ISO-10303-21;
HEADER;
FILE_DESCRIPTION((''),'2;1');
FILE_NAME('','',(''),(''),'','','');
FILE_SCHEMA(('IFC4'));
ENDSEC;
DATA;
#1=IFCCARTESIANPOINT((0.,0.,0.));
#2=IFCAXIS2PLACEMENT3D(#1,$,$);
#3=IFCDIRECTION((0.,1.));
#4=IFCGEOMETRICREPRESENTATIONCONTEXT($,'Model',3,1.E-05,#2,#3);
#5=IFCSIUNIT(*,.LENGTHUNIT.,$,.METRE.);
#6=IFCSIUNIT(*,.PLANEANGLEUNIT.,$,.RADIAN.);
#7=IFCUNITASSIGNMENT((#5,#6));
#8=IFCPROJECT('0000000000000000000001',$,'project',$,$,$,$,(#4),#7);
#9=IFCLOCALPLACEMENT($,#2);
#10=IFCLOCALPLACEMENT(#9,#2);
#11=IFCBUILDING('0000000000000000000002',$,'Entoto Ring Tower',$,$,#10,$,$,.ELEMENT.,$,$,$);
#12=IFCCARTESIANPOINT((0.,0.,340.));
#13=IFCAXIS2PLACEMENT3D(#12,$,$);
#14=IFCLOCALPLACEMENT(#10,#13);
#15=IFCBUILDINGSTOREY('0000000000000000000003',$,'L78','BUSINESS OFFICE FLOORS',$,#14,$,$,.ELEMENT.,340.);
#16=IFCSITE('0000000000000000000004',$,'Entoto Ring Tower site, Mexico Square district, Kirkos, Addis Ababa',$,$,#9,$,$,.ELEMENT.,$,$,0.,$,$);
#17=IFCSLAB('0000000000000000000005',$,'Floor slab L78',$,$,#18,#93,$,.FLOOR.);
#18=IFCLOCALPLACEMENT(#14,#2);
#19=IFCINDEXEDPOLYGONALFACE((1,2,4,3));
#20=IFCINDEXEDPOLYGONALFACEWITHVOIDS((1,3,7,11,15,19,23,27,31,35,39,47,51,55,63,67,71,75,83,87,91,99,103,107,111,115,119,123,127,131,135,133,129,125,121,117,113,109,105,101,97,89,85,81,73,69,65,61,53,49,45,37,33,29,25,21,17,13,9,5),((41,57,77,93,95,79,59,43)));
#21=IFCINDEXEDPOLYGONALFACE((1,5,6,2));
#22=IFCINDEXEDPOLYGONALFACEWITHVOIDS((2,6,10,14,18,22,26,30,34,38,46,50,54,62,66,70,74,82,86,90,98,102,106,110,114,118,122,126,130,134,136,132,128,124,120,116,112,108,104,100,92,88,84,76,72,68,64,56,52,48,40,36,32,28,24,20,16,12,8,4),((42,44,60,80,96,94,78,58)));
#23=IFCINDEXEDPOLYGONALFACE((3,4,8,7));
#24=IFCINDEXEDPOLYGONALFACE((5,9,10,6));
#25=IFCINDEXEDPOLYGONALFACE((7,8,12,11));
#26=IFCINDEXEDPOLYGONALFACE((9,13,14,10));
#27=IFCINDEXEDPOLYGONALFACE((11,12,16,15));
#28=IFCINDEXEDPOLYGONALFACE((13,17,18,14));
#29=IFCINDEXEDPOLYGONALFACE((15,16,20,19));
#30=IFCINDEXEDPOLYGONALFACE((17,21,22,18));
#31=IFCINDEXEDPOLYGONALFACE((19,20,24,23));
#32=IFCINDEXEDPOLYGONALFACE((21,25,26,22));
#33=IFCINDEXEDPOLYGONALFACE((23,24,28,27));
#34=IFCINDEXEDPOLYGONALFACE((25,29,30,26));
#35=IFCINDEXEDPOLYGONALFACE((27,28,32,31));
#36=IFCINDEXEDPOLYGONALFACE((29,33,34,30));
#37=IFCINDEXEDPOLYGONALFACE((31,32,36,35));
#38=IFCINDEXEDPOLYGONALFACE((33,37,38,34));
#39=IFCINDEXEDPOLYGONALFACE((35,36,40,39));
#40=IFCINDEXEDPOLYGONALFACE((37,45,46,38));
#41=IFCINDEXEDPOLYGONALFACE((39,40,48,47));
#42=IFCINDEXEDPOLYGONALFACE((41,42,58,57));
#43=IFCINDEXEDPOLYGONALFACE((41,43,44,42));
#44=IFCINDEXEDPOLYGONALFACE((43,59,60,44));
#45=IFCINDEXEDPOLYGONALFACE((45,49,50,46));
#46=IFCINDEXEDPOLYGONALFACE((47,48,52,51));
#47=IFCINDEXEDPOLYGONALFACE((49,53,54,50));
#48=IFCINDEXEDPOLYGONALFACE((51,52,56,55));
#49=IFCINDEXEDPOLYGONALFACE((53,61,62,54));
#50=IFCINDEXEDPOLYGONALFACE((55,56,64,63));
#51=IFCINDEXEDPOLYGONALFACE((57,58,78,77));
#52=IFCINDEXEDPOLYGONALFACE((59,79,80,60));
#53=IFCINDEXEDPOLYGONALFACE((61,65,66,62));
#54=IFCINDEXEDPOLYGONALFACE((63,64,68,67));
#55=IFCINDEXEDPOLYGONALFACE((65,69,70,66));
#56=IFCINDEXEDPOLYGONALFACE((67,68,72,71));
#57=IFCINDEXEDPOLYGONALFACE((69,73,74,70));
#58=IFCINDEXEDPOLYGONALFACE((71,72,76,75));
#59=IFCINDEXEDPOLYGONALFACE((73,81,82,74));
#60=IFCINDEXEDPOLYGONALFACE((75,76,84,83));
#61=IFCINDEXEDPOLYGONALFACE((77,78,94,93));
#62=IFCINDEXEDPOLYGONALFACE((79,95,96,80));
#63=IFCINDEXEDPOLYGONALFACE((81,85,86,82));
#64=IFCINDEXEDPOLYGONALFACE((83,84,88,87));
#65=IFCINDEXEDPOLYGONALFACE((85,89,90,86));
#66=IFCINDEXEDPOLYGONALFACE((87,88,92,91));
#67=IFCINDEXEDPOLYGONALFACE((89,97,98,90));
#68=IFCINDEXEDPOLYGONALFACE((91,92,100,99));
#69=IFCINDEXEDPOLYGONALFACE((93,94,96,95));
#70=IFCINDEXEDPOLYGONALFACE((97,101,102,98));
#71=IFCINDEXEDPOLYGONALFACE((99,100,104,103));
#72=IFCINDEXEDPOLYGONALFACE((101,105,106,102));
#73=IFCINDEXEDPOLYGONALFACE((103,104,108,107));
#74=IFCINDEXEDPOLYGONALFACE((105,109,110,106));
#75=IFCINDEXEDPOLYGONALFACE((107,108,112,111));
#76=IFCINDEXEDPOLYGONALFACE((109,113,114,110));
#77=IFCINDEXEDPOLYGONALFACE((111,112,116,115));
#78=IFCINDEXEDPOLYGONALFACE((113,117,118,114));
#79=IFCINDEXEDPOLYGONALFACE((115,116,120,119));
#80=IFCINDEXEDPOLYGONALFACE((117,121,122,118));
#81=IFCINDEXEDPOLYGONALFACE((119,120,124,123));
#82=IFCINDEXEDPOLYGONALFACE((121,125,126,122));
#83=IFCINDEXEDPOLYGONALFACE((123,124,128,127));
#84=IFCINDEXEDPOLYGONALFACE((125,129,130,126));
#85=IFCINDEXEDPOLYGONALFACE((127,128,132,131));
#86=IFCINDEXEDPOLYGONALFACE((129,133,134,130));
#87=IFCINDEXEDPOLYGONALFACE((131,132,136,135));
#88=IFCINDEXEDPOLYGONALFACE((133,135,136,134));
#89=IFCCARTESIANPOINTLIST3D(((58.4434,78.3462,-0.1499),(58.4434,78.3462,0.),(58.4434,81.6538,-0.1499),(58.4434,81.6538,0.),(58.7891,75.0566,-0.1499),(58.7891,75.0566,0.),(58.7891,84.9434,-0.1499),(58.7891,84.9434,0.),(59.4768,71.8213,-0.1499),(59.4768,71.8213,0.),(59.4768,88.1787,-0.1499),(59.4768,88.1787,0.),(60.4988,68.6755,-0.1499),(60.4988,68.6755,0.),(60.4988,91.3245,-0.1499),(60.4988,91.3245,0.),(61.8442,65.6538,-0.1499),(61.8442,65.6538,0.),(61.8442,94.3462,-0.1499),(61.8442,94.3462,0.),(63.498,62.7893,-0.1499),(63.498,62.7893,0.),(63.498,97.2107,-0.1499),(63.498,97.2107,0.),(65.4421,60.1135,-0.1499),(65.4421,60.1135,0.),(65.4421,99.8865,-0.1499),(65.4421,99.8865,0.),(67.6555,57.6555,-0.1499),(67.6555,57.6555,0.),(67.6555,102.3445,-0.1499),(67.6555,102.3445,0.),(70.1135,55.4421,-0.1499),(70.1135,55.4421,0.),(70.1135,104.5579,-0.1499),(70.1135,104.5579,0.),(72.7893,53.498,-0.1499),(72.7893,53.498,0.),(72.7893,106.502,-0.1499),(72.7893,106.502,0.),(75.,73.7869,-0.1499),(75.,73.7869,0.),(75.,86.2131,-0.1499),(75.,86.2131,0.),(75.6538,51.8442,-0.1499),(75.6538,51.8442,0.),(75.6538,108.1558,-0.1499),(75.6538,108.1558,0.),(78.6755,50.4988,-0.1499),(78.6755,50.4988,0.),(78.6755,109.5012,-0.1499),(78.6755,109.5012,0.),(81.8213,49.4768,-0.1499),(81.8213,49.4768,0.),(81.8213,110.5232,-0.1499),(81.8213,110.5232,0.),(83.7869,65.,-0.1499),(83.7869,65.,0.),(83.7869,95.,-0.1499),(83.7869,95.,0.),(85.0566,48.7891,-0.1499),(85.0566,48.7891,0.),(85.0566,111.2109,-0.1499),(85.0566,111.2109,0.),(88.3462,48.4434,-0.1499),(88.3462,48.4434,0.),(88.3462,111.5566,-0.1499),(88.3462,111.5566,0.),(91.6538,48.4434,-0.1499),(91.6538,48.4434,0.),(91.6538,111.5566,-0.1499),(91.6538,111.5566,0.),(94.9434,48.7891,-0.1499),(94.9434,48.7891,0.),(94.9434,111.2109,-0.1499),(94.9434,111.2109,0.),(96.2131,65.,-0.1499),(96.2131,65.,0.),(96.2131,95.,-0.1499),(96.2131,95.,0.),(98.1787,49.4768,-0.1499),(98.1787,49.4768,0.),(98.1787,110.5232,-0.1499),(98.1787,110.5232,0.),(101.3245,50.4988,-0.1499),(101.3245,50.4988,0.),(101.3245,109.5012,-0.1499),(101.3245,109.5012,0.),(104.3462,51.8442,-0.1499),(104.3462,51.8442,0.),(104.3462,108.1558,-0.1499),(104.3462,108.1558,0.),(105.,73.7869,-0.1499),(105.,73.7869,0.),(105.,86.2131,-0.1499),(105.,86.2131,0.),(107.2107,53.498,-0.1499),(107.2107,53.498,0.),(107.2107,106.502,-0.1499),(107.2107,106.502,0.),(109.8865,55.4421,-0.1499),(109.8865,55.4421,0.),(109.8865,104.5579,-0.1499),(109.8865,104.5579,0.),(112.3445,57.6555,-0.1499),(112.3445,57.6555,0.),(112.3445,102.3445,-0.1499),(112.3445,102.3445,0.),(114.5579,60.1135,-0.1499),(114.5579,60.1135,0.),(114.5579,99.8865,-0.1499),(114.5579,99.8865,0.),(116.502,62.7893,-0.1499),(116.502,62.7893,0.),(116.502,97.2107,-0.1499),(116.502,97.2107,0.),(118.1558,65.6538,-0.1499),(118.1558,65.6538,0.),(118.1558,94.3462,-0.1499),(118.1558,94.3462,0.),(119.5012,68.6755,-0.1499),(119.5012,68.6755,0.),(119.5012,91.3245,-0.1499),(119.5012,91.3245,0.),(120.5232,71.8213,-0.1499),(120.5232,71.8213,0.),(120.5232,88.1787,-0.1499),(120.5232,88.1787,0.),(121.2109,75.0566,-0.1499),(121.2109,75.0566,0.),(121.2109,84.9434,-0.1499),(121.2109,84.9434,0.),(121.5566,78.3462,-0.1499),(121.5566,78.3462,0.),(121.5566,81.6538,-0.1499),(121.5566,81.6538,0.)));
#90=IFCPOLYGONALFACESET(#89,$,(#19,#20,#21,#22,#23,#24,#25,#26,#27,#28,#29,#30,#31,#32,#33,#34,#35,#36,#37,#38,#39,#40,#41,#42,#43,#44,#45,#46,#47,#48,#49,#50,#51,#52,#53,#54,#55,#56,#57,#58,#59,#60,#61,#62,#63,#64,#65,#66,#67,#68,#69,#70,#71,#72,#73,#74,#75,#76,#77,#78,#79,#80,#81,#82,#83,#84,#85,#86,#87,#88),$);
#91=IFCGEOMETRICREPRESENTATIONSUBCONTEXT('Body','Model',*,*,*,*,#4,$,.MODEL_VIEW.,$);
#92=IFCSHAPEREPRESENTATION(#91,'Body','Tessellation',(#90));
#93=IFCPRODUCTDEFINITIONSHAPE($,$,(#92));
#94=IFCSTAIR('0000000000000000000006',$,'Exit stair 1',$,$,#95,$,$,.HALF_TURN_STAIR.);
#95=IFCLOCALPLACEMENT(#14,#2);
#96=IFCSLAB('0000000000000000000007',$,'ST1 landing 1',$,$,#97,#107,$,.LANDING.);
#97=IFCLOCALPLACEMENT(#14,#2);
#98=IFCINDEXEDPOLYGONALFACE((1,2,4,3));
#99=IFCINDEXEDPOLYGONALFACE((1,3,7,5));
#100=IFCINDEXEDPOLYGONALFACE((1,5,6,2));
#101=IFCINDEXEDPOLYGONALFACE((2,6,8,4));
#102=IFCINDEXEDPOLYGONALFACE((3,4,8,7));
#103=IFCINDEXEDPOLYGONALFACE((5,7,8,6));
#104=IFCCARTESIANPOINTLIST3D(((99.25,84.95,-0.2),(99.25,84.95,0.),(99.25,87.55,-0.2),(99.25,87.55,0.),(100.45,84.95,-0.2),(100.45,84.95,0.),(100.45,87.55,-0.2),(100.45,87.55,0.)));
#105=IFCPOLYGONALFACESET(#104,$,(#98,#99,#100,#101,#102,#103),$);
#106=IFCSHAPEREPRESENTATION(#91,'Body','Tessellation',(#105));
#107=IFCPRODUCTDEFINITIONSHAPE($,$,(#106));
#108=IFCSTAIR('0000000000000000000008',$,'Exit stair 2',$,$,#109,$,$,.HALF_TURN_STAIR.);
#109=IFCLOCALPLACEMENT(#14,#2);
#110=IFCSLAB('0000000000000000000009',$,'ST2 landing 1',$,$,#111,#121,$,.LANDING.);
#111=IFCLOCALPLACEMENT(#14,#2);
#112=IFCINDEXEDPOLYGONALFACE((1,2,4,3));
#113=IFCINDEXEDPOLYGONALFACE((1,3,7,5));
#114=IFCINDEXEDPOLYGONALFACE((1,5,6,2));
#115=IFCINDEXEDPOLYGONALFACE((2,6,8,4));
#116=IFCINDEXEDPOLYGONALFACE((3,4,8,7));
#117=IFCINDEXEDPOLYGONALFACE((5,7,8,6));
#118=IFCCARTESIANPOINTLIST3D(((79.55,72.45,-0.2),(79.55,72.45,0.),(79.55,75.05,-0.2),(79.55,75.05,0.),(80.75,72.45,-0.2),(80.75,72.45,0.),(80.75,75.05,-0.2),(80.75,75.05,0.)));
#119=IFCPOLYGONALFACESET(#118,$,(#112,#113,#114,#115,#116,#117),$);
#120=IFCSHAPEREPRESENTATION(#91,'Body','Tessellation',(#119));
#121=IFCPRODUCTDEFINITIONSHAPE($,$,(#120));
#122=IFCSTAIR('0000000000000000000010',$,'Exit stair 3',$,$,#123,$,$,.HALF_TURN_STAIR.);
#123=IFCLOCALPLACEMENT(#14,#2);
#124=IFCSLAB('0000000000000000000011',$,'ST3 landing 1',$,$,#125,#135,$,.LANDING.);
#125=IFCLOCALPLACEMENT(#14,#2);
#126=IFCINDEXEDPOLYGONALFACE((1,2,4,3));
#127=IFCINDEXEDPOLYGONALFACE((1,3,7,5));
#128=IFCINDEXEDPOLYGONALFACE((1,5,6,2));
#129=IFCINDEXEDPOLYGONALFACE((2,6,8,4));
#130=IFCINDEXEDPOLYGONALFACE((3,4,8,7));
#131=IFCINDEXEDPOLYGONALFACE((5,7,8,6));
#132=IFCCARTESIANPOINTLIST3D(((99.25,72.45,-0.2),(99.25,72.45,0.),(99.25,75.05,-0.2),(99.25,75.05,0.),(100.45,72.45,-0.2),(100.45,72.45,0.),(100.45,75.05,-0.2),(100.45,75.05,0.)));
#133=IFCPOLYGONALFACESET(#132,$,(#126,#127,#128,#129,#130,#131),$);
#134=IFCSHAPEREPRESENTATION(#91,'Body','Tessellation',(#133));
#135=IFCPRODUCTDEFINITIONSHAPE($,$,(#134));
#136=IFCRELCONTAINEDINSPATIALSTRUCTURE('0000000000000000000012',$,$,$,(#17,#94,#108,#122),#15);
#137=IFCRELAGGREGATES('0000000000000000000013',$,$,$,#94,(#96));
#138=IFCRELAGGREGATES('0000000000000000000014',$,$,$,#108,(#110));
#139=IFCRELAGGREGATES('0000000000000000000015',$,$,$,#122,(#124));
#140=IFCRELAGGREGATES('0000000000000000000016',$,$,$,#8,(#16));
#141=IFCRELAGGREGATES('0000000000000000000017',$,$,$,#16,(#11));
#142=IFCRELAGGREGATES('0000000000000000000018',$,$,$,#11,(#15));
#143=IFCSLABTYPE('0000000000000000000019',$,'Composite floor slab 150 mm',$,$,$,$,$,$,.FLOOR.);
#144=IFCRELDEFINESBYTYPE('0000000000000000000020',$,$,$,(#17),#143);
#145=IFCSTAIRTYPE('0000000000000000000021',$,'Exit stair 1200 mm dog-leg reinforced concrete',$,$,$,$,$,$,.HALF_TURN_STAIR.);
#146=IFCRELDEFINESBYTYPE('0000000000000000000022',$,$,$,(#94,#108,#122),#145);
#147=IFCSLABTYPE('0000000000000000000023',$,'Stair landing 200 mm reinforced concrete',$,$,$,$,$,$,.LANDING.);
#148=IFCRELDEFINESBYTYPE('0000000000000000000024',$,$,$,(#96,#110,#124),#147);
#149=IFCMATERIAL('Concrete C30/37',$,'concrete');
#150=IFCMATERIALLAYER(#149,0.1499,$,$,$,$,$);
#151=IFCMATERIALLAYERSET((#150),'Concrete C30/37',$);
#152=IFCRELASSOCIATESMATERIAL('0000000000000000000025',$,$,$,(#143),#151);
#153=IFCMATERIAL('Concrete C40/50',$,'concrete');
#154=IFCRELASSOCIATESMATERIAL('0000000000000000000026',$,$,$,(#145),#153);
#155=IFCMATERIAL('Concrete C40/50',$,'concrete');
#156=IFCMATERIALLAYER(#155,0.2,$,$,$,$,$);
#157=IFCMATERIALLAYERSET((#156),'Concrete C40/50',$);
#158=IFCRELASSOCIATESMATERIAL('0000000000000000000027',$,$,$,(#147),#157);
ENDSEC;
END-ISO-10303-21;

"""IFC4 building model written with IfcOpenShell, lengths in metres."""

from ifc_helpers import new_model, si_unit, direction, frame, origin, place, context, subcontext, project, spatial, polyline, outline, extrude, material, layer, layer_set, type_object, element, aggregate, save


model = new_model("IFC4")

# Units and contexts
model_context = context("Model", 3, precision=1e-05, world=origin(), true_north=direction((0.0, 1.0)))
body_context = subcontext(model_context, "Body", "Model", "MODEL_VIEW")
ifc_project = project(units=[si_unit("LENGTHUNIT", "METRE"), si_unit("PLANEANGLEUNIT", "RADIAN")], contexts=[model_context])

# Site, building, storey
site_placement = place(None, origin())
building_placement = place(site_placement, origin())
storey_placement = place(building_placement, frame((0.0, 0.0, 340.0)))
site = spatial("IfcSite", under=ifc_project, at=site_placement, Name="Entoto Ring Tower site, Mexico Square district, Kirkos, Addis Ababa", CompositionType="ELEMENT", RefElevation=0.0)
building = spatial("IfcBuilding", under=site, at=building_placement, Name="Entoto Ring Tower", CompositionType="ELEMENT")
storey = spatial("IfcBuildingStorey", under=building, at=storey_placement, Name="L78", Description="BUSINESS OFFICE FLOORS", CompositionType="ELEMENT", Elevation=340.0)

# Slab
ifc_material_1 = material(Name="Concrete C30/37", Category="concrete")
ifc_layer_1 = layer(ifc_material_1, 0.1499)
ifc_layer_set_1 = layer_set([ifc_layer_1], Name="Concrete C30/37")
slab_type_1 = type_object("IfcSlabType", Name="Composite floor slab 150 mm", PredefinedType="FLOOR", material=ifc_layer_set_1)
slab_1_placement = place(storey_placement, frame((0.0, 0.0, -0.1499)))
element("IfcSlab", 1, at=slab_1_placement, inside=storey, type_object=slab_type_1, Name="Floor slab L78", PredefinedType="FLOOR", context=body_context, shape_type="SweptSolid", body=[
    extrude(outline(polyline([(121.2109, 84.9434), (120.5232, 88.1787), (119.5012, 91.3245), (118.1558, 94.3462), (116.502, 97.2107), (114.5579, 99.8865), (112.3445, 102.3445), (109.8865, 104.5579), (107.2107, 106.502), (104.3462, 108.1558), (101.3245, 109.5012), (98.1787, 110.5232), (94.9434, 111.2109), (91.6538, 111.5566), (88.3462, 111.5566), (85.0566, 111.2109), (81.8213, 110.5232), (78.6755, 109.5012), (75.6538, 108.1558), (72.7893, 106.502), (70.1135, 104.5579), (67.6555, 102.3445), (65.4421, 99.8865), (63.498, 97.2107), (61.8442, 94.3462), (60.4988, 91.3245), (59.4768, 88.1787), (58.7891, 84.9434), (58.4434, 81.6538), (58.4434, 78.3462), (58.7891, 75.0566), (59.4768, 71.8213), (60.4988, 68.6755), (61.8442, 65.6538), (63.498, 62.7893), (65.4421, 60.1135), (67.6555, 57.6555), (70.1135, 55.4421), (72.7893, 53.498), (75.6538, 51.8442), (78.6755, 50.4988), (81.8213, 49.4768), (85.0566, 48.7891), (88.3462, 48.4434), (91.6538, 48.4434), (94.9434, 48.7891), (98.1787, 49.4768), (101.3245, 50.4988), (104.3462, 51.8442), (107.2107, 53.498), (109.8865, 55.4421), (112.3445, 57.6555), (114.5579, 60.1135), (116.502, 62.7893), (118.1558, 65.6538), (119.5012, 68.6755), (120.5232, 71.8213), (121.2109, 75.0566), (121.5566, 78.3462), (121.5566, 81.6538), (121.2109, 84.9434)]), holes=[polyline([(105.0, 73.7869), (105.0, 86.2131), (96.2131, 95.0), (83.7869, 95.0), (75.0, 86.2131), (75.0, 73.7869), (83.7869, 65.0), (96.2131, 65.0), (105.0, 73.7869)])]), origin(), (0.0, 0.0, 1.0), 0.1499),
])

# Stairs, slabs
ifc_material_2 = material(Name="Concrete C40/50", Category="concrete")
stair_type = type_object("IfcStairType", Name="Exit stair 1200 mm dog-leg reinforced concrete", PredefinedType="HALF_TURN_STAIR", material=ifc_material_2)
stair_1_placement = place(storey_placement, origin())
stair_1 = element("IfcStair", 2, at=stair_1_placement, inside=storey, type_object=stair_type, Name="Exit stair 1", PredefinedType="HALF_TURN_STAIR")
ifc_material_3 = material(Name="Concrete C40/50", Category="concrete")
ifc_layer_2 = layer(ifc_material_3, 0.2)
ifc_layer_set_2 = layer_set([ifc_layer_2], Name="Concrete C40/50")
slab_type_2 = type_object("IfcSlabType", Name="Stair landing 200 mm reinforced concrete", PredefinedType="LANDING", material=ifc_layer_set_2)
slab_2_placement = place(storey_placement, frame((0.0, 0.0, -0.2)))
slab_2 = element("IfcSlab", 3, at=slab_2_placement, type_object=slab_type_2, Name="ST1 landing 1", PredefinedType="LANDING", context=body_context, shape_type="SweptSolid", body=[
    extrude(outline(polyline([(100.45, 84.95), (100.45, 87.55), (99.25, 87.55), (99.25, 84.95), (100.45, 84.95)])), origin(), (0.0, 0.0, 1.0), 0.2),
])
aggregate(stair_1, [slab_2])
stair_2_placement = place(storey_placement, origin())
stair_2 = element("IfcStair", 4, at=stair_2_placement, inside=storey, type_object=stair_type, Name="Exit stair 2", PredefinedType="HALF_TURN_STAIR")
slab_3_placement = place(storey_placement, frame((0.0, 0.0, -0.2)))
slab_3 = element("IfcSlab", 5, at=slab_3_placement, type_object=slab_type_2, Name="ST2 landing 1", PredefinedType="LANDING", context=body_context, shape_type="SweptSolid", body=[
    extrude(outline(polyline([(80.75, 72.45), (80.75, 75.05), (79.55, 75.05), (79.55, 72.45), (80.75, 72.45)])), origin(), (0.0, 0.0, 1.0), 0.2),
])
aggregate(stair_2, [slab_3])
stair_3_placement = place(storey_placement, origin())
stair_3 = element("IfcStair", 6, at=stair_3_placement, inside=storey, type_object=stair_type, Name="Exit stair 3", PredefinedType="HALF_TURN_STAIR")
slab_4_placement = place(storey_placement, frame((0.0, 0.0, -0.2)))
slab_4 = element("IfcSlab", 7, at=slab_4_placement, type_object=slab_type_2, Name="ST3 landing 1", PredefinedType="LANDING", context=body_context, shape_type="SweptSolid", body=[
    extrude(outline(polyline([(100.45, 72.45), (100.45, 75.05), (99.25, 75.05), (99.25, 72.45), (100.45, 72.45)])), origin(), (0.0, 0.0, 1.0), 0.2),
])
aggregate(stair_3, [slab_4])

save(model, "model.ifc")
